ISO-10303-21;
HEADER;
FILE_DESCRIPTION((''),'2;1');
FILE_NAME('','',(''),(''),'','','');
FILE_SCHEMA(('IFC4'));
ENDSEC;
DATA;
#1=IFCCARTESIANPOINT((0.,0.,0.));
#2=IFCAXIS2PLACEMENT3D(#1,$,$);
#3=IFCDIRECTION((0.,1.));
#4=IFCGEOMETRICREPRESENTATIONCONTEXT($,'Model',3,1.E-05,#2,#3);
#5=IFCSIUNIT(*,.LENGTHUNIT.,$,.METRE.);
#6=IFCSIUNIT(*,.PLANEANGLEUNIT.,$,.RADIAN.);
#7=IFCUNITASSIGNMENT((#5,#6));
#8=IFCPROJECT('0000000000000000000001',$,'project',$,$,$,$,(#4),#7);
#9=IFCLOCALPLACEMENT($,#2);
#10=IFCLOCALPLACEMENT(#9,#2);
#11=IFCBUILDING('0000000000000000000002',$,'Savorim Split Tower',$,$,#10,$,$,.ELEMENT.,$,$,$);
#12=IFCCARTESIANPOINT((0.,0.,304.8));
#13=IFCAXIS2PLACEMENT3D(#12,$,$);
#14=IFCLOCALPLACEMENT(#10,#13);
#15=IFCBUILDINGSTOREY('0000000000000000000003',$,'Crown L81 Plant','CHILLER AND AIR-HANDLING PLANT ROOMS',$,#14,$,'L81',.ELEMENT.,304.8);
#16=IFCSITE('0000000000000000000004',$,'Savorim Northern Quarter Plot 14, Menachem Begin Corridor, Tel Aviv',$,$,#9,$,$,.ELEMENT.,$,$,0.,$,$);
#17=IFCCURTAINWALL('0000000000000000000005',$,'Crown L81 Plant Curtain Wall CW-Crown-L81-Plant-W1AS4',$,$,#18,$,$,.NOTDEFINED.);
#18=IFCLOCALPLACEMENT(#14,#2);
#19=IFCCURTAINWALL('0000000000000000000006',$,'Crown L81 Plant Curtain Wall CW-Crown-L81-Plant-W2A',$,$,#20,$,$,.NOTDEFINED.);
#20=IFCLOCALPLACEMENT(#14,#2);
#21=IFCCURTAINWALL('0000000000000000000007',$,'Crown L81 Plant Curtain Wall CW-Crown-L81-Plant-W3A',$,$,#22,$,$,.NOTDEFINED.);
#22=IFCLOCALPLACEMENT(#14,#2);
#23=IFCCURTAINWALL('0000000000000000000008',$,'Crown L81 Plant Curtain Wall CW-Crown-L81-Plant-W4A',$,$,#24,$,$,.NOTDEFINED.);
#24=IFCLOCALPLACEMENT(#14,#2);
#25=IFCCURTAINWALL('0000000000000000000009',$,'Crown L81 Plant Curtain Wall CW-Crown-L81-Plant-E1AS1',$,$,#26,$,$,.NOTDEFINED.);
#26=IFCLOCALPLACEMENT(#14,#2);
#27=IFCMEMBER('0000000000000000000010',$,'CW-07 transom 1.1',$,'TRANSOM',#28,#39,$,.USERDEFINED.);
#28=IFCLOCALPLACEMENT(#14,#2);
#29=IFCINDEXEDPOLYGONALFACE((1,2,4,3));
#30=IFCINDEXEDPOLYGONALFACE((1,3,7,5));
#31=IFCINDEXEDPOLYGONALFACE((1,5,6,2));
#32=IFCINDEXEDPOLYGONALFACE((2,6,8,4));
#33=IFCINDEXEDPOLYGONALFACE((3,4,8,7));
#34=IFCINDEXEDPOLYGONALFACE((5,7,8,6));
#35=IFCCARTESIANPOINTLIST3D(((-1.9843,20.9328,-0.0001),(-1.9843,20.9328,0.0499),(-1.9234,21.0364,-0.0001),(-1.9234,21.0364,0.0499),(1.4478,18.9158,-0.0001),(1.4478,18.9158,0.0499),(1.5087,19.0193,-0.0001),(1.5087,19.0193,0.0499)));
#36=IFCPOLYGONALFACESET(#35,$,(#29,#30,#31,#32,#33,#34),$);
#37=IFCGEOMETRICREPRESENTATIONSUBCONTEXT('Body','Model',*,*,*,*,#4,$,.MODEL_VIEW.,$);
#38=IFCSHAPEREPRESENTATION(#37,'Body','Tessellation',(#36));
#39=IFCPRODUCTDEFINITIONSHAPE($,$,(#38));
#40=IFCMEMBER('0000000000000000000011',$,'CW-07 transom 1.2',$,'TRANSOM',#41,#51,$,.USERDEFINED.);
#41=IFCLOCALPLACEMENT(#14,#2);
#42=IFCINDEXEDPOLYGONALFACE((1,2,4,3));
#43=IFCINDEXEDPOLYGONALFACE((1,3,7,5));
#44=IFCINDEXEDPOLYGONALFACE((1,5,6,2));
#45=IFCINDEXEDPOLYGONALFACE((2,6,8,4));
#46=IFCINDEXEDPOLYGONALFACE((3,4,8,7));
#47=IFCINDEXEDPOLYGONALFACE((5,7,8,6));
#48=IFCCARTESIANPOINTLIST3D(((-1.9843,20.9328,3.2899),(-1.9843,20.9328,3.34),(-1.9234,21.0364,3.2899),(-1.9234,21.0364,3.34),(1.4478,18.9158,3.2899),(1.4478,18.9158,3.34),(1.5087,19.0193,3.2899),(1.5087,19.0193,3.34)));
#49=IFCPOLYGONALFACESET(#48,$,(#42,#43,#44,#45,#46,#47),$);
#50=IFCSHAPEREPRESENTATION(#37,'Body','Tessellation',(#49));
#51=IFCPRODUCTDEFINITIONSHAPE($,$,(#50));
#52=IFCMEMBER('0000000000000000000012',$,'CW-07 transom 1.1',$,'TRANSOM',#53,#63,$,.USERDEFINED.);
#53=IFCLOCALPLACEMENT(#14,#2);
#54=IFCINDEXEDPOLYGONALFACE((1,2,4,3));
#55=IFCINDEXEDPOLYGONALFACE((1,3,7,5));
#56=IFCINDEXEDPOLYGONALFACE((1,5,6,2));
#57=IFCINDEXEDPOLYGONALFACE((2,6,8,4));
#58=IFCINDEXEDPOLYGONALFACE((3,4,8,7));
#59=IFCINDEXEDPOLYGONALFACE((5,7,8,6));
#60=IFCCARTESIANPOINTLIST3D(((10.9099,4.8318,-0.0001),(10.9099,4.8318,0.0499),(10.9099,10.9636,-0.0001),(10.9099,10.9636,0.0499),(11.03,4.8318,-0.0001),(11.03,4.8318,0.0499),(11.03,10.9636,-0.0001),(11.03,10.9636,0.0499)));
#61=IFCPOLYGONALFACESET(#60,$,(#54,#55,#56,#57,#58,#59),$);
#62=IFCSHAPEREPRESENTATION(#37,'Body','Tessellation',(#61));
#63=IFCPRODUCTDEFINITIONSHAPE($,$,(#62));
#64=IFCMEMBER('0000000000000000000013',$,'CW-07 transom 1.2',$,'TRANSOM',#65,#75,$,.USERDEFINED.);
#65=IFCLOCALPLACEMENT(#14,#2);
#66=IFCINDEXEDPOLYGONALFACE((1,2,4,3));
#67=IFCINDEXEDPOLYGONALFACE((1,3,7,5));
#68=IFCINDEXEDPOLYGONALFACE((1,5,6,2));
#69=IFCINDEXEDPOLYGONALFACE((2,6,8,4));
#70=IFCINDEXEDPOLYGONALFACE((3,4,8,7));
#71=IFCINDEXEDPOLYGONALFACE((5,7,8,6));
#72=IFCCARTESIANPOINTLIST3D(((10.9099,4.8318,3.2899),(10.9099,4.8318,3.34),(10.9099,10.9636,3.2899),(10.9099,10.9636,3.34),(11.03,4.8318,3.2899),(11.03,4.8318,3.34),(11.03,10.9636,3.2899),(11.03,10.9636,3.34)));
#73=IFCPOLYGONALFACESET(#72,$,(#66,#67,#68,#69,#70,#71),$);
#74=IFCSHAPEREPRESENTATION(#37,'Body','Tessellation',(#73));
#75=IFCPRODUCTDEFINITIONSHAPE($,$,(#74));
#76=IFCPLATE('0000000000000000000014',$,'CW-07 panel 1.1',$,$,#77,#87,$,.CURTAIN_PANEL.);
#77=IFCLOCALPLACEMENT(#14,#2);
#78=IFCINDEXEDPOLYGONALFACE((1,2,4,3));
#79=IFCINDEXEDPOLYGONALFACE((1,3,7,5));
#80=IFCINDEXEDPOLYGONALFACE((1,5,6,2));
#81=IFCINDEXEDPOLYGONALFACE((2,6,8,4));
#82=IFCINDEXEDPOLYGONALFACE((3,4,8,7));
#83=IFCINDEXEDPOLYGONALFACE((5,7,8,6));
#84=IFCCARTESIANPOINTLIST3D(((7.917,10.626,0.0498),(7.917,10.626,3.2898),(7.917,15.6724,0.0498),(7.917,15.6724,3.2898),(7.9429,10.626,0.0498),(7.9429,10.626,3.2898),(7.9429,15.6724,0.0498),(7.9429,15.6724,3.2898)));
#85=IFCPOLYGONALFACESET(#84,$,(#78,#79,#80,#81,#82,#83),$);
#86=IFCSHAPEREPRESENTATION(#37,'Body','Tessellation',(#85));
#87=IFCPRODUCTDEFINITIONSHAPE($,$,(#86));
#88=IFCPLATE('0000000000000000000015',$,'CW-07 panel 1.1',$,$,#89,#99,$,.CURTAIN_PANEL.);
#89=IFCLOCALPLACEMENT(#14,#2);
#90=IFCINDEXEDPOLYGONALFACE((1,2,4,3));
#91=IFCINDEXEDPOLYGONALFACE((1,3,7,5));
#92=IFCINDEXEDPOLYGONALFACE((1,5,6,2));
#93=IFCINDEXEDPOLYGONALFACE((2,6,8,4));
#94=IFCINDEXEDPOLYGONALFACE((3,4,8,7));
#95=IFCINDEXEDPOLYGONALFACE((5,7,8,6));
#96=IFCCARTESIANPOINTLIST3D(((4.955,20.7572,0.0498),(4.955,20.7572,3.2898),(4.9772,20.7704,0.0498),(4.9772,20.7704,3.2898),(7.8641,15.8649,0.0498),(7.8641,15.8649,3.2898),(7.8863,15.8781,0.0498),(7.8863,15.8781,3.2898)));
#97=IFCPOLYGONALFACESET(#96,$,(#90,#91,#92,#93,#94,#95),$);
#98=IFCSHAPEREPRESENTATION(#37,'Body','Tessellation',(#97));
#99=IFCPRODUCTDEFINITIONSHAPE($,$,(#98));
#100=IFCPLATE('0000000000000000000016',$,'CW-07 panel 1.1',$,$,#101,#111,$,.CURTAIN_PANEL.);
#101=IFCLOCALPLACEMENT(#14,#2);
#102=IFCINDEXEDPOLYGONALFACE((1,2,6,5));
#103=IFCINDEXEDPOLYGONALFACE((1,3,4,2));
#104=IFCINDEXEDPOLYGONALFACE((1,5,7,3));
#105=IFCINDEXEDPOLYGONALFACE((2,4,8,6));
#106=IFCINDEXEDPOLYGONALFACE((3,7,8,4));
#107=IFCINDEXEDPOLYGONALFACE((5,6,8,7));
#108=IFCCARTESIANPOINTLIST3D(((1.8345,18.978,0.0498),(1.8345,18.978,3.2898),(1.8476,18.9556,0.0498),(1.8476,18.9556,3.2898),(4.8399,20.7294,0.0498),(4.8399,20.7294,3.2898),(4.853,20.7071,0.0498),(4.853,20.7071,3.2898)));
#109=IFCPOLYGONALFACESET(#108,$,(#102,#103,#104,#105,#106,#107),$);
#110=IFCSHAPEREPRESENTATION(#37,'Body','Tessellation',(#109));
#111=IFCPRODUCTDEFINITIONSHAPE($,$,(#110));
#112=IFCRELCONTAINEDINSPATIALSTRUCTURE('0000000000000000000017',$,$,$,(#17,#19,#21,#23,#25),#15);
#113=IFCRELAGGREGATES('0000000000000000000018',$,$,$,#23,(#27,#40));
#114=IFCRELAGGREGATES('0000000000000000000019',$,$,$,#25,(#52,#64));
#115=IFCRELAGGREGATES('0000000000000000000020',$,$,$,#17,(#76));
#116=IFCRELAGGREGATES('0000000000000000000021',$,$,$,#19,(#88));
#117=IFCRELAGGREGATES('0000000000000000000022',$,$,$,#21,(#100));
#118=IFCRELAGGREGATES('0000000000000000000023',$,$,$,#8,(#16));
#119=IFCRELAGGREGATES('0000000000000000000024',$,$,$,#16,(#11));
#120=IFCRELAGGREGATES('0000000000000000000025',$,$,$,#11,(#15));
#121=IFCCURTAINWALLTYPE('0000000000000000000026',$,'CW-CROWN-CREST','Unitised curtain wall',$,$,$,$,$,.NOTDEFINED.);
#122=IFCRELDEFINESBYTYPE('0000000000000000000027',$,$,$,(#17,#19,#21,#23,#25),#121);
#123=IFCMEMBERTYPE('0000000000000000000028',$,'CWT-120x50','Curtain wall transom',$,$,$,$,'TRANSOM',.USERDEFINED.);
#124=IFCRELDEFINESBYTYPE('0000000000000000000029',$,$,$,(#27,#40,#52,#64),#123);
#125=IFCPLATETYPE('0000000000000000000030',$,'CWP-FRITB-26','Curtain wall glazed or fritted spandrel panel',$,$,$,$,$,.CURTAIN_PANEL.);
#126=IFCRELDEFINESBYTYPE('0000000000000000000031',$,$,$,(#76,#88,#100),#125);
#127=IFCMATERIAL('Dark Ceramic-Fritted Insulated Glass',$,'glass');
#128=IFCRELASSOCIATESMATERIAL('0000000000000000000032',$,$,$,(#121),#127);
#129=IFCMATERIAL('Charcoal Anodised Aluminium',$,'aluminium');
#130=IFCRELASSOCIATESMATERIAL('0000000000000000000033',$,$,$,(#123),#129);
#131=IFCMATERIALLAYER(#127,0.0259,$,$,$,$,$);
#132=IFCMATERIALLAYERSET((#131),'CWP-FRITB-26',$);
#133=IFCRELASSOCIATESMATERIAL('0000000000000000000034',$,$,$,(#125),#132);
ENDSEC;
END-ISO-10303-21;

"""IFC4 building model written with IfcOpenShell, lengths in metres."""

from ifc_helpers import new_model, si_unit, direction, frame, origin, origin_2d, place, context, subcontext, project, spatial, rectangle, extrude, material, layer, layer_set, material_profile, profile_set, type_object, element, aggregate, save


model = new_model("IFC4")

# Units and contexts
model_context = context("Model", 3, precision=1e-05, world=origin(), true_north=direction((0.0, 1.0)))
body_context = subcontext(model_context, "Body", "Model", "MODEL_VIEW")
ifc_project = project(units=[si_unit("LENGTHUNIT", "METRE"), si_unit("PLANEANGLEUNIT", "RADIAN")], contexts=[model_context])

# Site, building, storey
site_placement = place(None, origin())
site = spatial("IfcSite", under=ifc_project, at=site_placement, Name="Savorim Northern Quarter Plot 14, Menachem Begin Corridor, Tel Aviv", CompositionType="ELEMENT", RefElevation=0.0)
building_placement = place(site_placement, origin())
building = spatial("IfcBuilding", under=site, at=building_placement, Name="Savorim Split Tower", CompositionType="ELEMENT")
storey_placement = place(building_placement, frame((0.0, 0.0, 304.8)))
storey = spatial("IfcBuildingStorey", under=building, at=storey_placement, Name="Crown L81 Plant", Description="CHILLER AND AIR-HANDLING PLANT ROOMS", LongName="L81", CompositionType="ELEMENT", Elevation=304.8)

# Curtain walls
ifc_material_1 = material(Name="Dark Ceramic-Fritted Insulated Glass", Category="glass")
curtain_wall_type = type_object("IfcCurtainWallType", Name="CW-CROWN-CREST", Description="Unitised curtain wall", PredefinedType="NOTDEFINED", material=ifc_material_1)
curtain_wall_1_placement = place(storey_placement, origin())
curtain_wall_1 = element("IfcCurtainWall", 1, at=curtain_wall_1_placement, inside=storey, type_object=curtain_wall_type, Name="Crown L81 Plant Curtain Wall CW-Crown-L81-Plant-W1AS4", PredefinedType="NOTDEFINED")
ifc_material_2 = material(Name="Charcoal Anodised Aluminium", Category="aluminium")
curtain_wall_2_placement = place(storey_placement, origin())
curtain_wall_2 = element("IfcCurtainWall", 2, at=curtain_wall_2_placement, inside=storey, type_object=curtain_wall_type, Name="Crown L81 Plant Curtain Wall CW-Crown-L81-Plant-W2A", PredefinedType="NOTDEFINED")
curtain_wall_3_placement = place(storey_placement, origin())
curtain_wall_3 = element("IfcCurtainWall", 3, at=curtain_wall_3_placement, inside=storey, type_object=curtain_wall_type, Name="Crown L81 Plant Curtain Wall CW-Crown-L81-Plant-W3A", PredefinedType="NOTDEFINED")

# Curtain walls
curtain_wall_4_placement = place(storey_placement, origin())
curtain_wall_4 = element("IfcCurtainWall", 4, at=curtain_wall_4_placement, inside=storey, type_object=curtain_wall_type, Name="Crown L81 Plant Curtain Wall CW-Crown-L81-Plant-W4A", PredefinedType="NOTDEFINED")
curtain_wall_5_placement = place(storey_placement, origin())
curtain_wall_5 = element("IfcCurtainWall", 5, at=curtain_wall_5_placement, inside=storey, type_object=curtain_wall_type, Name="Crown L81 Plant Curtain Wall CW-Crown-L81-Plant-E1AS1", PredefinedType="NOTDEFINED")

# Members
ifc_material_profile_1 = material_profile(ifc_material_2, rectangle(XDim=0.1201, YDim=0.05, at=origin_2d()), Name="ALU-T 120x50")
ifc_profile_set_1 = profile_set([ifc_material_profile_1], Name="Charcoal Anodised Aluminium")
member_type_1 = type_object("IfcMemberType", Name="CWT-120x50", Description="Curtain wall transom", ElementType="TRANSOM", PredefinedType="USERDEFINED", material=ifc_profile_set_1)
member_1_placement = place(storey_placement, frame((1.4783, 18.9675, 0.0249), z_axis=(-0.862133, 0.506682, 0.0), x_axis=(-0.506682, -0.862133, 0.0)))
member_1 = element("IfcMember", 6, at=member_1_placement, type_object=member_type_1, Name="CW-07 transom 1.1", ObjectType="TRANSOM", PredefinedType="USERDEFINED", context=body_context, shape_type="SweptSolid", body=[
    extrude(rectangle(XDim=0.1201, YDim=0.05, at=origin_2d()), origin(), (0.0, 0.0, 1.0), 3.981),
])
member_2_placement = place(storey_placement, frame((1.4783, 18.9675, 3.3149), z_axis=(-0.862133, 0.506682, 0.0), x_axis=(-0.506682, -0.862133, 0.0)))
member_2 = element("IfcMember", 7, at=member_2_placement, type_object=member_type_1, Name="CW-07 transom 1.2", ObjectType="TRANSOM", PredefinedType="USERDEFINED", context=body_context, shape_type="SweptSolid", body=[
    extrude(rectangle(XDim=0.1201, YDim=0.05, at=origin_2d()), origin(), (0.0, 0.0, 1.0), 3.981),
])
aggregate(curtain_wall_4, [member_1, member_2])
member_3_placement = place(storey_placement, frame((10.97, 10.9636, 0.0249), z_axis=(0.0, -1.0, 0.0), x_axis=(1.0, 0.0, 0.0)))
member_3 = element("IfcMember", 8, at=member_3_placement, type_object=member_type_1, Name="CW-07 transom 1.1", ObjectType="TRANSOM", PredefinedType="USERDEFINED", context=body_context, shape_type="SweptSolid", body=[
    extrude(rectangle(XDim=0.1201, YDim=0.05, at=origin_2d()), origin(), (0.0, 0.0, 1.0), 6.1318),
])
member_4_placement = place(storey_placement, frame((10.97, 10.9636, 3.3149), z_axis=(0.0, -1.0, 0.0), x_axis=(1.0, 0.0, 0.0)))
member_4 = element("IfcMember", 9, at=member_4_placement, type_object=member_type_1, Name="CW-07 transom 1.2", ObjectType="TRANSOM", PredefinedType="USERDEFINED", context=body_context, shape_type="SweptSolid", body=[
    extrude(rectangle(XDim=0.1201, YDim=0.05, at=origin_2d()), origin(), (0.0, 0.0, 1.0), 6.1318),
])
aggregate(curtain_wall_5, [member_3, member_4])

# Plates
ifc_layer = layer(ifc_material_1, 0.0259)
ifc_layer_set = layer_set([ifc_layer], Name="CWP-FRITB-26")
plate_type = type_object("IfcPlateType", Name="CWP-FRITB-26", Description="Curtain wall glazed or fritted spandrel panel", PredefinedType="CURTAIN_PANEL", material=ifc_layer_set)
plate_1_placement = place(storey_placement, frame((7.9299, 13.1492, 0.0498), z_axis=(0.0, 0.0, 1.0), x_axis=(0.0, 1.0, 0.0)))
plate_1 = element("IfcPlate", 10, at=plate_1_placement, type_object=plate_type, Name="CW-07 panel 1.1", PredefinedType="CURTAIN_PANEL", context=body_context, shape_type="SweptSolid", body=[
    extrude(rectangle(XDim=5.0464, YDim=0.0259, at=origin_2d()), origin(), (0.0, 0.0, 1.0), 3.24),
])
aggregate(curtain_wall_1, [plate_1])
plate_2_placement = place(storey_placement, frame((6.4207, 18.3176, 0.0498), z_axis=(0.0, 0.0, 1.0), x_axis=(-0.511101, 0.859521, 0.0)))
plate_2 = element("IfcPlate", 11, at=plate_2_placement, type_object=plate_type, Name="CW-07 panel 1.1", PredefinedType="CURTAIN_PANEL", context=body_context, shape_type="SweptSolid", body=[
    extrude(rectangle(XDim=5.6919, YDim=0.0259, at=origin_2d()), origin(), (0.0, 0.0, 1.0), 3.24),
])
aggregate(curtain_wall_2, [plate_2])
plate_3_placement = place(storey_placement, frame((3.3438, 19.8425, 0.0498), z_axis=(0.0, 0.0, 1.0), x_axis=(-0.863989, -0.50351, 0.0)))
plate_3 = element("IfcPlate", 12, at=plate_3_placement, type_object=plate_type, Name="CW-07 panel 1.1", PredefinedType="CURTAIN_PANEL", context=body_context, shape_type="SweptSolid", body=[
    extrude(rectangle(XDim=3.4785, YDim=0.0259, at=origin_2d()), origin(), (0.0, 0.0, 1.0), 3.24),
])
aggregate(curtain_wall_3, [plate_3])

save(model, "model.ifc")
